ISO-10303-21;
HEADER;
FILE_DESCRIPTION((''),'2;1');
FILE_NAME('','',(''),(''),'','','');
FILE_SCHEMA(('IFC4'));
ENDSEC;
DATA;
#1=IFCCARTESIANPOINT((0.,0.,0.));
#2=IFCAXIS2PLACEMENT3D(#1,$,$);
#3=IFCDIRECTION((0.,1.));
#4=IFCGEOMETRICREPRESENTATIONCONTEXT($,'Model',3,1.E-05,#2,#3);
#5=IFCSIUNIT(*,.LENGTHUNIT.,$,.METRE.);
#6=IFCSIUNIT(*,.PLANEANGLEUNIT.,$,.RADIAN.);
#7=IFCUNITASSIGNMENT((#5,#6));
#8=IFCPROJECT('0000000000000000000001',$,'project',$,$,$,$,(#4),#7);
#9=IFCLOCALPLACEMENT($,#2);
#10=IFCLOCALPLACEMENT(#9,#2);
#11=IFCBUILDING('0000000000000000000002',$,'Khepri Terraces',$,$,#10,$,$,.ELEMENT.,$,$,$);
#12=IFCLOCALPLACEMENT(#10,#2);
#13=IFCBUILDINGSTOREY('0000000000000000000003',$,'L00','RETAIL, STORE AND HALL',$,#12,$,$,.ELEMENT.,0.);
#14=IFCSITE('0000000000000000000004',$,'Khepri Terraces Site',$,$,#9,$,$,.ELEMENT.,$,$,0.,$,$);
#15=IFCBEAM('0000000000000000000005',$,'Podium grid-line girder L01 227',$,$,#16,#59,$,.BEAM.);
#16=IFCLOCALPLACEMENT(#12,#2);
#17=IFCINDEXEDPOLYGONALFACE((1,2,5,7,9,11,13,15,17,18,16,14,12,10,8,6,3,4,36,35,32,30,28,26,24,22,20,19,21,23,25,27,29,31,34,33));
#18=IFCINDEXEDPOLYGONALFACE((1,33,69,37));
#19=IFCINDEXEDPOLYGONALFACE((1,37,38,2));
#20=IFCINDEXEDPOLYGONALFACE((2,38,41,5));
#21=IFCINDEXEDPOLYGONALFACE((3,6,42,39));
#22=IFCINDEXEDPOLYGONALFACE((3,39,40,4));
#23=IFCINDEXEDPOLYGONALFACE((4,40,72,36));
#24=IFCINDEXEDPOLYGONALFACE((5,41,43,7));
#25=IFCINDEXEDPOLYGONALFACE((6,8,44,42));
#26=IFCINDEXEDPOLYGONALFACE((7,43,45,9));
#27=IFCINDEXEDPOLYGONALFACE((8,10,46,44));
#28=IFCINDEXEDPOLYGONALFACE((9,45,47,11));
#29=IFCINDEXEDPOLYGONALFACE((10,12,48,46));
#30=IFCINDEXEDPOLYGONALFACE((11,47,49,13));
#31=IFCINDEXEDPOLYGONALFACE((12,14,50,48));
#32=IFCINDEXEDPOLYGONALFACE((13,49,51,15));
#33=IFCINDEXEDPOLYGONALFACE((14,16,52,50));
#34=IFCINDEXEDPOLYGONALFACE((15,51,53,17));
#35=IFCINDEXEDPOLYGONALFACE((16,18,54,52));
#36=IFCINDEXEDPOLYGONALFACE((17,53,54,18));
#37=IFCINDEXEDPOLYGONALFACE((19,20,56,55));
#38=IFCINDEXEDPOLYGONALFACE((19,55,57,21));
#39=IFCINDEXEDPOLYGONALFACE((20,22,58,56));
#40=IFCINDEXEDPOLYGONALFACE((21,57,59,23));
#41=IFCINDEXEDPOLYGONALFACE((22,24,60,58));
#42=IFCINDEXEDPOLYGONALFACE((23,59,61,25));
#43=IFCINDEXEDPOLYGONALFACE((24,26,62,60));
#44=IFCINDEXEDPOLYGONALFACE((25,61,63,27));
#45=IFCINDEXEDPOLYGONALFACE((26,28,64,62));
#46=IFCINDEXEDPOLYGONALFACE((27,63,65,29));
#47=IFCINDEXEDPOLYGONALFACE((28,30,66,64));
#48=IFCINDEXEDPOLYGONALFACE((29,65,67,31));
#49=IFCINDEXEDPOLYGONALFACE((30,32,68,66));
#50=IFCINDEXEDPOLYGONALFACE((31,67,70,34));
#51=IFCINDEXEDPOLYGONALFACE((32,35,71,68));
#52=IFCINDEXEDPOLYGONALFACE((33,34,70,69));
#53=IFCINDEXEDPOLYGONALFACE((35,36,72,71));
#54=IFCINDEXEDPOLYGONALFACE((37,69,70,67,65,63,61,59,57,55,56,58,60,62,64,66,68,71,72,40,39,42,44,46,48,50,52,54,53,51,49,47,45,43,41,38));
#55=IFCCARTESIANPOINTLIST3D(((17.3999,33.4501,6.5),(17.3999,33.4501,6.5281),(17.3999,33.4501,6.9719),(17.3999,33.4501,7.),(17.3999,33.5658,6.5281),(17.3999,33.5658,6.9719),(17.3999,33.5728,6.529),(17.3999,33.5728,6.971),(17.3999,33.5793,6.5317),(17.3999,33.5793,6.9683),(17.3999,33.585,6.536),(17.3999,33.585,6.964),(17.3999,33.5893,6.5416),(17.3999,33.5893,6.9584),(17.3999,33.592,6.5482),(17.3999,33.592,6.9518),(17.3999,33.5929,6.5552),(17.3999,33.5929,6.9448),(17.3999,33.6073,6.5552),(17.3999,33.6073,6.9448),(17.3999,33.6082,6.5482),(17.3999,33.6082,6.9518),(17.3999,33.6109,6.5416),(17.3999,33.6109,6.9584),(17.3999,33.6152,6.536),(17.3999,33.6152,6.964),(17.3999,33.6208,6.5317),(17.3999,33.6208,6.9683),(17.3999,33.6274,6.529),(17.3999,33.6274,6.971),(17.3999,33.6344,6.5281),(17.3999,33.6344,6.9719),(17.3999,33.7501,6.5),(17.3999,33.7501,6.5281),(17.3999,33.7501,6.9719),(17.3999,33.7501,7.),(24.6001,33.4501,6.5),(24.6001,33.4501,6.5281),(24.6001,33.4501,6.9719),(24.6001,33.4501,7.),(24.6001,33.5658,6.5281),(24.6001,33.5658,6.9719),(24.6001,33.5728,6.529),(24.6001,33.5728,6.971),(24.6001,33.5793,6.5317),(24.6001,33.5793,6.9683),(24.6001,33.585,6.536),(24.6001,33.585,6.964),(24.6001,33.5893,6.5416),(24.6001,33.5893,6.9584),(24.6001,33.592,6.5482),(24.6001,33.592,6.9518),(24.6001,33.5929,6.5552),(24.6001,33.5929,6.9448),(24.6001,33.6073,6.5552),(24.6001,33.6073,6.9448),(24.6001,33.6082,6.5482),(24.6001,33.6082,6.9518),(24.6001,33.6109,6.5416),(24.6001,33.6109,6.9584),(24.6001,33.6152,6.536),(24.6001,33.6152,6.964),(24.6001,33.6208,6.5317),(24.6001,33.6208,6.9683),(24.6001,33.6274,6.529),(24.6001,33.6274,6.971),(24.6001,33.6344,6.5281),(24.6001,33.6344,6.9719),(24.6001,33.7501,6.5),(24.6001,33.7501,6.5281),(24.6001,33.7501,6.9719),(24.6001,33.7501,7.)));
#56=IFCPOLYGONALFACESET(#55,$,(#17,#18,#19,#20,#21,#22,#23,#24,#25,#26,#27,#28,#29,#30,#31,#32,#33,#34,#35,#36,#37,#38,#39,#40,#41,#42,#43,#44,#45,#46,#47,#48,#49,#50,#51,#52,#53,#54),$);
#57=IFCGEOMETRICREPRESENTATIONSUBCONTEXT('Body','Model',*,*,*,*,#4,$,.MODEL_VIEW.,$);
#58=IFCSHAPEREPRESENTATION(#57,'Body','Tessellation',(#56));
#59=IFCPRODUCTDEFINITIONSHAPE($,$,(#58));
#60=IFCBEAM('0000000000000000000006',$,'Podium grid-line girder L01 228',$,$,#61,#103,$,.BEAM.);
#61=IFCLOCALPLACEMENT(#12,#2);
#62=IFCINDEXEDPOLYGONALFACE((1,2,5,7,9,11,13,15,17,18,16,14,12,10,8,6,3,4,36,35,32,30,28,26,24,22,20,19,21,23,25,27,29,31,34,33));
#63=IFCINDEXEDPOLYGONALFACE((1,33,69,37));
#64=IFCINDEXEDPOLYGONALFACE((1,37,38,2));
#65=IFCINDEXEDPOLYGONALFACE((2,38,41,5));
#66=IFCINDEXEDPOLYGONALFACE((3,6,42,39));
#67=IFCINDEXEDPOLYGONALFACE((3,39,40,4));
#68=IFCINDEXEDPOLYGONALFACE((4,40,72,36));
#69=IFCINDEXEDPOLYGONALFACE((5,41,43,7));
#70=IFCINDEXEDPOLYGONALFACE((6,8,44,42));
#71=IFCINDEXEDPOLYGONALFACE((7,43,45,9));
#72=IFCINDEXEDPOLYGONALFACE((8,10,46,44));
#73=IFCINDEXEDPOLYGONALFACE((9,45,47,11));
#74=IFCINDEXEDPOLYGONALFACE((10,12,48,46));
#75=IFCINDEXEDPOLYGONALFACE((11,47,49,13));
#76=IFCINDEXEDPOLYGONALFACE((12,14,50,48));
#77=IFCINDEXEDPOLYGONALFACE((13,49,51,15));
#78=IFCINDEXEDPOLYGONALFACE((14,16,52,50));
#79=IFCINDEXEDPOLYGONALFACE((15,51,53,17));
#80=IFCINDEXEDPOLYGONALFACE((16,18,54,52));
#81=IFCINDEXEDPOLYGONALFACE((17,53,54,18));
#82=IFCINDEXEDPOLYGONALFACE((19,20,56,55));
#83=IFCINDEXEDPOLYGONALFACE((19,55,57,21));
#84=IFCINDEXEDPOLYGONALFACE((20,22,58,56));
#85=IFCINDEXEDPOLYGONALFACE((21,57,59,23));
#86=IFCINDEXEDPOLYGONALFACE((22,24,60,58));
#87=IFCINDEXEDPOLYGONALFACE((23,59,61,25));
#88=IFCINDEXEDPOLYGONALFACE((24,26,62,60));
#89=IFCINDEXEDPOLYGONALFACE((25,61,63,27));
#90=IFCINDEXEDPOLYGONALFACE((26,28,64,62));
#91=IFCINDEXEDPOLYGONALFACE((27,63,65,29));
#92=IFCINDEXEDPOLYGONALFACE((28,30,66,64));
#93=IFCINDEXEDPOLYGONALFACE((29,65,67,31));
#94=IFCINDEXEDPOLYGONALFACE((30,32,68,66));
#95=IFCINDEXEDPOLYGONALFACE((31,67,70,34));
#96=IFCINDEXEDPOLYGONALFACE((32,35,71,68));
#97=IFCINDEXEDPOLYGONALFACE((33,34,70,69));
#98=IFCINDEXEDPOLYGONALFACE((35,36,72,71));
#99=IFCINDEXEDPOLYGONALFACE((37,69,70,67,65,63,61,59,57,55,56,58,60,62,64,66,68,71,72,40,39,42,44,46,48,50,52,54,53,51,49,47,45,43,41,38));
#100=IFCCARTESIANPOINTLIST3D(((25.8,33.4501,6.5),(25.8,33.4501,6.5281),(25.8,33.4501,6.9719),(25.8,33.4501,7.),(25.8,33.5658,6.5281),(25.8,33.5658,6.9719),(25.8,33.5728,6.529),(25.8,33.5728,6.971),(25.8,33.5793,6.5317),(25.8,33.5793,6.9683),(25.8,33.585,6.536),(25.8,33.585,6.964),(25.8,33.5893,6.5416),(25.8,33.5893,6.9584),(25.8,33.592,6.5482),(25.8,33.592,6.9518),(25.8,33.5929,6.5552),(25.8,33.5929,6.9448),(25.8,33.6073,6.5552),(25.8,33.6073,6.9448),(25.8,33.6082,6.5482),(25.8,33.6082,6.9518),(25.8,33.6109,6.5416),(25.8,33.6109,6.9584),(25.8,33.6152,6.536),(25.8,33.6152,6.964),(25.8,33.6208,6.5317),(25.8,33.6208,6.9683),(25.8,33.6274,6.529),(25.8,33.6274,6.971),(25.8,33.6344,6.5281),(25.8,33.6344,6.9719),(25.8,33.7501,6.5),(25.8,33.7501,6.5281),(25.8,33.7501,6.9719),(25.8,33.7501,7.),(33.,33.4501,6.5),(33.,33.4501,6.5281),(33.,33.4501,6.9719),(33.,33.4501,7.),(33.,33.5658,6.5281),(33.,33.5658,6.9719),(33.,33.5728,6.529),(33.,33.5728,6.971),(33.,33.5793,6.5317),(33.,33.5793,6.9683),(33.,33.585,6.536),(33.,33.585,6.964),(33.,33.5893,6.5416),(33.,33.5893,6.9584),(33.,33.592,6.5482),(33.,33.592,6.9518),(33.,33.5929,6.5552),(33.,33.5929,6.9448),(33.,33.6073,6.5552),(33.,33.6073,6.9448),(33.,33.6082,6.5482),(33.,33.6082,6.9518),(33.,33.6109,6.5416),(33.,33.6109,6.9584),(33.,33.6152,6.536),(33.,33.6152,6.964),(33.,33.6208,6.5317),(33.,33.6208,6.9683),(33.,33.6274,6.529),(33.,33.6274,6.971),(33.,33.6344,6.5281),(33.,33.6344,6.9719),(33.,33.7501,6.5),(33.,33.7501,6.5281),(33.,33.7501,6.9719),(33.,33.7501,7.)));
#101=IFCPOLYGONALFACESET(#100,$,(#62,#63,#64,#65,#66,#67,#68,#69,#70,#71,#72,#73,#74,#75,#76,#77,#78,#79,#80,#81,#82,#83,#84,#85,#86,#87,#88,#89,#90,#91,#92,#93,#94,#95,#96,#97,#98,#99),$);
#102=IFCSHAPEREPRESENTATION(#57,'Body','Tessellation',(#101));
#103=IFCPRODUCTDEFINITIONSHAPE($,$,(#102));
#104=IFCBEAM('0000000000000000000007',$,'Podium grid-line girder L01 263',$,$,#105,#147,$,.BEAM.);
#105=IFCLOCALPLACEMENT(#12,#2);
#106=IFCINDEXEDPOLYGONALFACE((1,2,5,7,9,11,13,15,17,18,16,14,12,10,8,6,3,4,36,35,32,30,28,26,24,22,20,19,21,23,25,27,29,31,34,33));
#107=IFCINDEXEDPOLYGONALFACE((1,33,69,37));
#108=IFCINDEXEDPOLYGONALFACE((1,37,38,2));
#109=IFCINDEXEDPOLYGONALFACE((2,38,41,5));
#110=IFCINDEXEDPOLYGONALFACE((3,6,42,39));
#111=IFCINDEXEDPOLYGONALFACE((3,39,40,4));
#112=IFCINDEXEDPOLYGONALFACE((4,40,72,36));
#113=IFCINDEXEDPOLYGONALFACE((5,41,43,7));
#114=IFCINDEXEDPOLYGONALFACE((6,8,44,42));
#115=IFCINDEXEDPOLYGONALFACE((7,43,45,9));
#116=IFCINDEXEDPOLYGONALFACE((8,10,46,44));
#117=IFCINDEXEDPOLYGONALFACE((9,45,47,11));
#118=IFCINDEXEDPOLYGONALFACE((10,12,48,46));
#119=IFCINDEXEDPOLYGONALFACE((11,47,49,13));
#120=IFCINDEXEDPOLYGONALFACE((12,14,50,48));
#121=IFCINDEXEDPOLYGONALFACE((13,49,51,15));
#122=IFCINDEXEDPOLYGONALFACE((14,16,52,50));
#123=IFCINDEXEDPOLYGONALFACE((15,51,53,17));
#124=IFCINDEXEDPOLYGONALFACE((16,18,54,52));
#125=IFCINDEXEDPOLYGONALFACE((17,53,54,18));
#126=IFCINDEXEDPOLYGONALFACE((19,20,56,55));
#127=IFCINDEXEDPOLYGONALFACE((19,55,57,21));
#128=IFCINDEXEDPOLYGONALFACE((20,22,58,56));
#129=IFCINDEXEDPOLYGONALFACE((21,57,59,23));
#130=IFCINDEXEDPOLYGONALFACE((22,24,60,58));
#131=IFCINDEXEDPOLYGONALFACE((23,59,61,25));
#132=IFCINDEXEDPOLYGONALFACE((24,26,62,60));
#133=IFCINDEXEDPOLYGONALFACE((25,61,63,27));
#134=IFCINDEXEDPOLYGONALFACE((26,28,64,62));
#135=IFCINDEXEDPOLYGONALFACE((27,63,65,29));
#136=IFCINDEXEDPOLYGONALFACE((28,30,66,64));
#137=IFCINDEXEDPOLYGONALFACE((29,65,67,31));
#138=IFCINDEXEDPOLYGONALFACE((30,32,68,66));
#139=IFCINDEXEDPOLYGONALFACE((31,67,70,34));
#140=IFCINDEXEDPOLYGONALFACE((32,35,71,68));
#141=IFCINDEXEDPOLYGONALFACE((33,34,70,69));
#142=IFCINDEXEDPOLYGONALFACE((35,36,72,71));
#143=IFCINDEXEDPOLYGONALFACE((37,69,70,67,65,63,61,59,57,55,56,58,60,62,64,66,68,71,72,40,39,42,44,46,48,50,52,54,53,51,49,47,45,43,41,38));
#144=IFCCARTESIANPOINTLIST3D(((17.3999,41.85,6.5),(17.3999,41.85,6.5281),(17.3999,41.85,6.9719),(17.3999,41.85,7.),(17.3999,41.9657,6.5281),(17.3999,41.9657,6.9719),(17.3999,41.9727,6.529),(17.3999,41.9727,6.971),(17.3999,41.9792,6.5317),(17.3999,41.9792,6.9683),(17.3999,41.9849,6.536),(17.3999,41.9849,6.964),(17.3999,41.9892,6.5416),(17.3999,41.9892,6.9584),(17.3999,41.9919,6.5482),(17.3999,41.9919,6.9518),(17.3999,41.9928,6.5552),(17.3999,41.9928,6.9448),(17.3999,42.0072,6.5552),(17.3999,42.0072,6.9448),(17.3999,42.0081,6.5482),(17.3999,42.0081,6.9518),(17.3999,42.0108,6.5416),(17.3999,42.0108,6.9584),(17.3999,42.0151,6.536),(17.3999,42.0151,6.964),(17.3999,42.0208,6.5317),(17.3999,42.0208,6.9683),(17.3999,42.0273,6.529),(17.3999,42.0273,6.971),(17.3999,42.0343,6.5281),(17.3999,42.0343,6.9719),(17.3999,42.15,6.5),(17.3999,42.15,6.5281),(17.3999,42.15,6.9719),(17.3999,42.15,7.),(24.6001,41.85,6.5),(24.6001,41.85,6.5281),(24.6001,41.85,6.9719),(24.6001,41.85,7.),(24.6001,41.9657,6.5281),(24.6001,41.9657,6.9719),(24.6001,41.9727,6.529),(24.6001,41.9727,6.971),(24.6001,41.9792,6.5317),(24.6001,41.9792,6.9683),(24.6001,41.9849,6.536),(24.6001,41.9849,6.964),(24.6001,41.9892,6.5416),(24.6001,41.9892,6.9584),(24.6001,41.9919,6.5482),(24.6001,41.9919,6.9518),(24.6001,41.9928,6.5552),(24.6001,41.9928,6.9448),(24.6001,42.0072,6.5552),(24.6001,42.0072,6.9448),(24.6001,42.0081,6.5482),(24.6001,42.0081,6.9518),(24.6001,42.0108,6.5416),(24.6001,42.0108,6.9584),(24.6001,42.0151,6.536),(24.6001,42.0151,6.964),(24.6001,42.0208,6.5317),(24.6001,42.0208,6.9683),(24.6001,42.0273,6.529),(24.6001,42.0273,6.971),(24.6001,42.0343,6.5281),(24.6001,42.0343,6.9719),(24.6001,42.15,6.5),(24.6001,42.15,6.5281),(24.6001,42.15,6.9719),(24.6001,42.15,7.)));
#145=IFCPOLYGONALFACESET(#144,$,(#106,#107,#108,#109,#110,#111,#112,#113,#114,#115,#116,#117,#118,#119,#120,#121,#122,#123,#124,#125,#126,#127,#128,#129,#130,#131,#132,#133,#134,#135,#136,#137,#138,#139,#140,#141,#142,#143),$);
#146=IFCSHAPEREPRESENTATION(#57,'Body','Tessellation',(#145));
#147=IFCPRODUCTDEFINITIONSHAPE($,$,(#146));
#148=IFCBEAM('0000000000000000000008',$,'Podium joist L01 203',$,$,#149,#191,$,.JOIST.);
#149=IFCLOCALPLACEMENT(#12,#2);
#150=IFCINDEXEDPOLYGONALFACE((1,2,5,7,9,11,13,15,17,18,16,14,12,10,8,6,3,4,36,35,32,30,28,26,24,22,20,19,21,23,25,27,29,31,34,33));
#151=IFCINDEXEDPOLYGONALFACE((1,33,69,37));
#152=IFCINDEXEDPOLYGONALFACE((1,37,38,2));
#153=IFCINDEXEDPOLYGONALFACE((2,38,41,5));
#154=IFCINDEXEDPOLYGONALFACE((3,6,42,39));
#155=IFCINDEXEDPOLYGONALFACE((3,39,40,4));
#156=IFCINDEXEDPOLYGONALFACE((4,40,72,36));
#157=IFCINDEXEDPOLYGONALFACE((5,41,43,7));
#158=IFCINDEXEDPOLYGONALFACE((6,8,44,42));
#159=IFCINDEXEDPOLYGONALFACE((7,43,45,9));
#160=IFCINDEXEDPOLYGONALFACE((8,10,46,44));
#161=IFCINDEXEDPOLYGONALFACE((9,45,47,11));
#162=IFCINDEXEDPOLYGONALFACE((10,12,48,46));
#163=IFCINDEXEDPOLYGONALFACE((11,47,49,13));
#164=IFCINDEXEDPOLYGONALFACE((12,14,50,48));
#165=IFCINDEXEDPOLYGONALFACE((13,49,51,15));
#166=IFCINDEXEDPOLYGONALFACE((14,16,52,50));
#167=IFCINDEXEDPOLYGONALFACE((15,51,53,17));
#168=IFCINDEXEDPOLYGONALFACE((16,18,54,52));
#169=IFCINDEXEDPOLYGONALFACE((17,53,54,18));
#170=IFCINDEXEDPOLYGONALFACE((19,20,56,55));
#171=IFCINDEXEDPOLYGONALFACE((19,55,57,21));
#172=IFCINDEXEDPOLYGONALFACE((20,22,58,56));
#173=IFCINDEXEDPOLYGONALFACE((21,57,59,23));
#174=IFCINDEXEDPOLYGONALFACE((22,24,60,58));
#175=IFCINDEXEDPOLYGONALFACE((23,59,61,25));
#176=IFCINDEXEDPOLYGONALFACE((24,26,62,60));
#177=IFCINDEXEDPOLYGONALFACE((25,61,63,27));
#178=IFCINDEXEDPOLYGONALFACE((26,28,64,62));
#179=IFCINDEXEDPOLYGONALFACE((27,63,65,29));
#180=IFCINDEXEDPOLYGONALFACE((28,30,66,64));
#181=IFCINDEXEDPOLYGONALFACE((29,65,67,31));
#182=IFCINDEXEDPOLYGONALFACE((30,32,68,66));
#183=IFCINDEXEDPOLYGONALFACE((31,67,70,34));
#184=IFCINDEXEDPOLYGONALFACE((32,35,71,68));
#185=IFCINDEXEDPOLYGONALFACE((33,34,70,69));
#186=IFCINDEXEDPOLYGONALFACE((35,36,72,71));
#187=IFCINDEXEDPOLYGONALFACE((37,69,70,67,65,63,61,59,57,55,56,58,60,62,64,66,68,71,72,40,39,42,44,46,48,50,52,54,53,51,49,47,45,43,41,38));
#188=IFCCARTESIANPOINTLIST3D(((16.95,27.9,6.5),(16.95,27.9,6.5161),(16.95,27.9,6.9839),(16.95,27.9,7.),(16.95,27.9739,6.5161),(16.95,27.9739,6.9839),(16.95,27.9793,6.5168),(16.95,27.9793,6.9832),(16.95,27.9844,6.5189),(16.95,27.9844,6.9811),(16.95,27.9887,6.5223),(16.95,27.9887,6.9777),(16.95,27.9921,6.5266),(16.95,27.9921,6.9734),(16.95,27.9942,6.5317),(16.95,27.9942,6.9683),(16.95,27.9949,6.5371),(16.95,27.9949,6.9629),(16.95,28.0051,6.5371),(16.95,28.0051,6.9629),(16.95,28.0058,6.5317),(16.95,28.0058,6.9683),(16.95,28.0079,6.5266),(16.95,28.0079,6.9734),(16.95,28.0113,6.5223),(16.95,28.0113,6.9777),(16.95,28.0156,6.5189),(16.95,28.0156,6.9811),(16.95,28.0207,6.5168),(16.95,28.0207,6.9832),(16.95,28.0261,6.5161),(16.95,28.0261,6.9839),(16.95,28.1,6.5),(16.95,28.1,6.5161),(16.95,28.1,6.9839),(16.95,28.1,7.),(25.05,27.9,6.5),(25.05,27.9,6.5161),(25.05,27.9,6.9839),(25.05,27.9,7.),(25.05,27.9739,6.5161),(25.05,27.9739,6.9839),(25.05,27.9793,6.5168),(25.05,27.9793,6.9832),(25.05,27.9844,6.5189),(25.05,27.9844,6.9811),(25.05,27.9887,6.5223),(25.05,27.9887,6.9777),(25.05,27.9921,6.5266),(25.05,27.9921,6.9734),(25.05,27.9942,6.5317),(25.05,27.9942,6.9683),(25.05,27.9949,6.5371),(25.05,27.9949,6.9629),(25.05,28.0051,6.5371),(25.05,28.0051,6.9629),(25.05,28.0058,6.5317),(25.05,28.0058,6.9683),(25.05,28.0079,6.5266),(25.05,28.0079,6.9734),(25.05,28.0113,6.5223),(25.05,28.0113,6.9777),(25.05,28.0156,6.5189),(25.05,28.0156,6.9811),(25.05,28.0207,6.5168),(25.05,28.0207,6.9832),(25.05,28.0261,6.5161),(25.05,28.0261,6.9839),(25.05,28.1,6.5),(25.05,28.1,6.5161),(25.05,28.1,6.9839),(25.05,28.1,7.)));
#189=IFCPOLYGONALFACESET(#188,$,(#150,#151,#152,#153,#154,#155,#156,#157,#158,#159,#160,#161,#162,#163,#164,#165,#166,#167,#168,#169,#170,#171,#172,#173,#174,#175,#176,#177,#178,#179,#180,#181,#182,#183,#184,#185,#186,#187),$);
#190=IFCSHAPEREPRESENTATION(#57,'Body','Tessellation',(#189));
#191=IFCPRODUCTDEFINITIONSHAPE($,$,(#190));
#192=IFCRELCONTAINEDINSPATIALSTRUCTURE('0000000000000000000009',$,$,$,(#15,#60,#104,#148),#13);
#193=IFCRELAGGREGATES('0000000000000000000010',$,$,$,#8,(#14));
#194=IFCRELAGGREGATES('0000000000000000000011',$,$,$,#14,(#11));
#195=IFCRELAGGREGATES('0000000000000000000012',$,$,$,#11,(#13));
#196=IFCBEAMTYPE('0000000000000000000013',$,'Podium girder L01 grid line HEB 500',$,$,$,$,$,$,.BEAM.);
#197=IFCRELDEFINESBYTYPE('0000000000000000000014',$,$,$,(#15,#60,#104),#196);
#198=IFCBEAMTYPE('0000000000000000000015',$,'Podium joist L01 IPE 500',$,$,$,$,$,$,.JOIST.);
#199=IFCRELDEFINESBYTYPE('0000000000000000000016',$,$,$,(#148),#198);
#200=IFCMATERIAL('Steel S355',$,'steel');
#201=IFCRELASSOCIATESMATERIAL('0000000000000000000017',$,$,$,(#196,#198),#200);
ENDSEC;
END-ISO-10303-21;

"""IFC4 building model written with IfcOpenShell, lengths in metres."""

from ifc_helpers import new_model, si_unit, direction, frame, origin, origin_2d, place, context, subcontext, project, spatial, i_section, extrude, material, material_profile, profile_set, type_object, element, save


model = new_model("IFC4")

# Units and contexts
model_context = context("Model", 3, precision=1e-05, world=origin(), true_north=direction((0.0, 1.0)))
body_context = subcontext(model_context, "Body", "Model", "MODEL_VIEW")
ifc_project = project(units=[si_unit("LENGTHUNIT", "METRE"), si_unit("PLANEANGLEUNIT", "RADIAN")], contexts=[model_context])

# Site, building, storey
site_placement = place(None, origin())
site = spatial("IfcSite", under=ifc_project, at=site_placement, Name="Khepri Terraces Site", CompositionType="ELEMENT", RefElevation=0.0)
building_placement = place(site_placement, origin())
building = spatial("IfcBuilding", under=site, at=building_placement, Name="Khepri Terraces", CompositionType="ELEMENT")
storey_placement = place(building_placement, origin())
storey = spatial("IfcBuildingStorey", under=building, at=storey_placement, Name="L00", Description="RETAIL, STORE AND HALL", CompositionType="ELEMENT", Elevation=0.0)

# Beams
ifc_material_1 = material(Name="Steel S355", Category="steel")
ifc_material_profile_1 = material_profile(ifc_material_1, i_section(OverallWidth=0.3, OverallDepth=0.5, WebThickness=0.0144, FlangeThickness=0.0281, FilletRadius=0.0271, at=origin_2d()), Name="Steel S355", Category="steel")
ifc_profile_set_1 = profile_set([ifc_material_profile_1], Name="Steel S355")
beam_type_1 = type_object("IfcBeamType", Name="Podium girder L01 grid line HEB 500", PredefinedType="BEAM", material=ifc_profile_set_1)
beam_1_placement = place(storey_placement, frame((17.3999, 33.6001, 6.75), z_axis=(1.0, 0.0, 0.0), x_axis=(0.0, 1.0, 0.0)))
element("IfcBeam", 1, at=beam_1_placement, inside=storey, type_object=beam_type_1, Name="Podium grid-line girder L01 227", PredefinedType="BEAM", context=body_context, shape_type="SweptSolid", body=[
    extrude(i_section(OverallWidth=0.3, OverallDepth=0.5, WebThickness=0.0144, FlangeThickness=0.0281, FilletRadius=0.0271, at=origin_2d()), origin(), (0.0, 0.0, 1.0), 7.2002),
])
beam_2_placement = place(storey_placement, frame((25.8, 33.6001, 6.75), z_axis=(1.0, 0.0, 0.0), x_axis=(0.0, 1.0, 0.0)))
element("IfcBeam", 2, at=beam_2_placement, inside=storey, type_object=beam_type_1, Name="Podium grid-line girder L01 228", PredefinedType="BEAM", context=body_context, shape_type="SweptSolid", body=[
    extrude(i_section(OverallWidth=0.3, OverallDepth=0.5, WebThickness=0.0144, FlangeThickness=0.0281, FilletRadius=0.0271, at=origin_2d()), origin(), (0.0, 0.0, 1.0), 7.2),
])
beam_3_placement = place(storey_placement, frame((17.3999, 42.0, 6.75), z_axis=(1.0, 0.0, 0.0), x_axis=(0.0, 1.0, 0.0)))
element("IfcBeam", 3, at=beam_3_placement, inside=storey, type_object=beam_type_1, Name="Podium grid-line girder L01 263", PredefinedType="BEAM", context=body_context, shape_type="SweptSolid", body=[
    extrude(i_section(OverallWidth=0.3, OverallDepth=0.5, WebThickness=0.0144, FlangeThickness=0.0281, FilletRadius=0.0271, at=origin_2d()), origin(), (0.0, 0.0, 1.0), 7.2002),
])
ifc_material_profile_2 = material_profile(ifc_material_1, i_section(OverallWidth=0.2, OverallDepth=0.5, WebThickness=0.0103, FlangeThickness=0.0161, FilletRadius=0.021, at=origin_2d()), Name="Steel S355", Category="steel")
ifc_profile_set_2 = profile_set([ifc_material_profile_2], Name="Steel S355")
beam_type_2 = type_object("IfcBeamType", Name="Podium joist L01 IPE 500", PredefinedType="JOIST", material=ifc_profile_set_2)
beam_4_placement = place(storey_placement, frame((16.95, 28.0, 6.75), z_axis=(1.0, 0.0, 0.0), x_axis=(0.0, 1.0, 0.0)))
element("IfcBeam", 4, at=beam_4_placement, inside=storey, type_object=beam_type_2, Name="Podium joist L01 203", PredefinedType="JOIST", context=body_context, shape_type="SweptSolid", body=[
    extrude(i_section(OverallWidth=0.2, OverallDepth=0.5, WebThickness=0.0103, FlangeThickness=0.0161, FilletRadius=0.021, at=origin_2d()), origin(), (0.0, 0.0, 1.0), 8.1001),
])

save(model, "model.ifc")
